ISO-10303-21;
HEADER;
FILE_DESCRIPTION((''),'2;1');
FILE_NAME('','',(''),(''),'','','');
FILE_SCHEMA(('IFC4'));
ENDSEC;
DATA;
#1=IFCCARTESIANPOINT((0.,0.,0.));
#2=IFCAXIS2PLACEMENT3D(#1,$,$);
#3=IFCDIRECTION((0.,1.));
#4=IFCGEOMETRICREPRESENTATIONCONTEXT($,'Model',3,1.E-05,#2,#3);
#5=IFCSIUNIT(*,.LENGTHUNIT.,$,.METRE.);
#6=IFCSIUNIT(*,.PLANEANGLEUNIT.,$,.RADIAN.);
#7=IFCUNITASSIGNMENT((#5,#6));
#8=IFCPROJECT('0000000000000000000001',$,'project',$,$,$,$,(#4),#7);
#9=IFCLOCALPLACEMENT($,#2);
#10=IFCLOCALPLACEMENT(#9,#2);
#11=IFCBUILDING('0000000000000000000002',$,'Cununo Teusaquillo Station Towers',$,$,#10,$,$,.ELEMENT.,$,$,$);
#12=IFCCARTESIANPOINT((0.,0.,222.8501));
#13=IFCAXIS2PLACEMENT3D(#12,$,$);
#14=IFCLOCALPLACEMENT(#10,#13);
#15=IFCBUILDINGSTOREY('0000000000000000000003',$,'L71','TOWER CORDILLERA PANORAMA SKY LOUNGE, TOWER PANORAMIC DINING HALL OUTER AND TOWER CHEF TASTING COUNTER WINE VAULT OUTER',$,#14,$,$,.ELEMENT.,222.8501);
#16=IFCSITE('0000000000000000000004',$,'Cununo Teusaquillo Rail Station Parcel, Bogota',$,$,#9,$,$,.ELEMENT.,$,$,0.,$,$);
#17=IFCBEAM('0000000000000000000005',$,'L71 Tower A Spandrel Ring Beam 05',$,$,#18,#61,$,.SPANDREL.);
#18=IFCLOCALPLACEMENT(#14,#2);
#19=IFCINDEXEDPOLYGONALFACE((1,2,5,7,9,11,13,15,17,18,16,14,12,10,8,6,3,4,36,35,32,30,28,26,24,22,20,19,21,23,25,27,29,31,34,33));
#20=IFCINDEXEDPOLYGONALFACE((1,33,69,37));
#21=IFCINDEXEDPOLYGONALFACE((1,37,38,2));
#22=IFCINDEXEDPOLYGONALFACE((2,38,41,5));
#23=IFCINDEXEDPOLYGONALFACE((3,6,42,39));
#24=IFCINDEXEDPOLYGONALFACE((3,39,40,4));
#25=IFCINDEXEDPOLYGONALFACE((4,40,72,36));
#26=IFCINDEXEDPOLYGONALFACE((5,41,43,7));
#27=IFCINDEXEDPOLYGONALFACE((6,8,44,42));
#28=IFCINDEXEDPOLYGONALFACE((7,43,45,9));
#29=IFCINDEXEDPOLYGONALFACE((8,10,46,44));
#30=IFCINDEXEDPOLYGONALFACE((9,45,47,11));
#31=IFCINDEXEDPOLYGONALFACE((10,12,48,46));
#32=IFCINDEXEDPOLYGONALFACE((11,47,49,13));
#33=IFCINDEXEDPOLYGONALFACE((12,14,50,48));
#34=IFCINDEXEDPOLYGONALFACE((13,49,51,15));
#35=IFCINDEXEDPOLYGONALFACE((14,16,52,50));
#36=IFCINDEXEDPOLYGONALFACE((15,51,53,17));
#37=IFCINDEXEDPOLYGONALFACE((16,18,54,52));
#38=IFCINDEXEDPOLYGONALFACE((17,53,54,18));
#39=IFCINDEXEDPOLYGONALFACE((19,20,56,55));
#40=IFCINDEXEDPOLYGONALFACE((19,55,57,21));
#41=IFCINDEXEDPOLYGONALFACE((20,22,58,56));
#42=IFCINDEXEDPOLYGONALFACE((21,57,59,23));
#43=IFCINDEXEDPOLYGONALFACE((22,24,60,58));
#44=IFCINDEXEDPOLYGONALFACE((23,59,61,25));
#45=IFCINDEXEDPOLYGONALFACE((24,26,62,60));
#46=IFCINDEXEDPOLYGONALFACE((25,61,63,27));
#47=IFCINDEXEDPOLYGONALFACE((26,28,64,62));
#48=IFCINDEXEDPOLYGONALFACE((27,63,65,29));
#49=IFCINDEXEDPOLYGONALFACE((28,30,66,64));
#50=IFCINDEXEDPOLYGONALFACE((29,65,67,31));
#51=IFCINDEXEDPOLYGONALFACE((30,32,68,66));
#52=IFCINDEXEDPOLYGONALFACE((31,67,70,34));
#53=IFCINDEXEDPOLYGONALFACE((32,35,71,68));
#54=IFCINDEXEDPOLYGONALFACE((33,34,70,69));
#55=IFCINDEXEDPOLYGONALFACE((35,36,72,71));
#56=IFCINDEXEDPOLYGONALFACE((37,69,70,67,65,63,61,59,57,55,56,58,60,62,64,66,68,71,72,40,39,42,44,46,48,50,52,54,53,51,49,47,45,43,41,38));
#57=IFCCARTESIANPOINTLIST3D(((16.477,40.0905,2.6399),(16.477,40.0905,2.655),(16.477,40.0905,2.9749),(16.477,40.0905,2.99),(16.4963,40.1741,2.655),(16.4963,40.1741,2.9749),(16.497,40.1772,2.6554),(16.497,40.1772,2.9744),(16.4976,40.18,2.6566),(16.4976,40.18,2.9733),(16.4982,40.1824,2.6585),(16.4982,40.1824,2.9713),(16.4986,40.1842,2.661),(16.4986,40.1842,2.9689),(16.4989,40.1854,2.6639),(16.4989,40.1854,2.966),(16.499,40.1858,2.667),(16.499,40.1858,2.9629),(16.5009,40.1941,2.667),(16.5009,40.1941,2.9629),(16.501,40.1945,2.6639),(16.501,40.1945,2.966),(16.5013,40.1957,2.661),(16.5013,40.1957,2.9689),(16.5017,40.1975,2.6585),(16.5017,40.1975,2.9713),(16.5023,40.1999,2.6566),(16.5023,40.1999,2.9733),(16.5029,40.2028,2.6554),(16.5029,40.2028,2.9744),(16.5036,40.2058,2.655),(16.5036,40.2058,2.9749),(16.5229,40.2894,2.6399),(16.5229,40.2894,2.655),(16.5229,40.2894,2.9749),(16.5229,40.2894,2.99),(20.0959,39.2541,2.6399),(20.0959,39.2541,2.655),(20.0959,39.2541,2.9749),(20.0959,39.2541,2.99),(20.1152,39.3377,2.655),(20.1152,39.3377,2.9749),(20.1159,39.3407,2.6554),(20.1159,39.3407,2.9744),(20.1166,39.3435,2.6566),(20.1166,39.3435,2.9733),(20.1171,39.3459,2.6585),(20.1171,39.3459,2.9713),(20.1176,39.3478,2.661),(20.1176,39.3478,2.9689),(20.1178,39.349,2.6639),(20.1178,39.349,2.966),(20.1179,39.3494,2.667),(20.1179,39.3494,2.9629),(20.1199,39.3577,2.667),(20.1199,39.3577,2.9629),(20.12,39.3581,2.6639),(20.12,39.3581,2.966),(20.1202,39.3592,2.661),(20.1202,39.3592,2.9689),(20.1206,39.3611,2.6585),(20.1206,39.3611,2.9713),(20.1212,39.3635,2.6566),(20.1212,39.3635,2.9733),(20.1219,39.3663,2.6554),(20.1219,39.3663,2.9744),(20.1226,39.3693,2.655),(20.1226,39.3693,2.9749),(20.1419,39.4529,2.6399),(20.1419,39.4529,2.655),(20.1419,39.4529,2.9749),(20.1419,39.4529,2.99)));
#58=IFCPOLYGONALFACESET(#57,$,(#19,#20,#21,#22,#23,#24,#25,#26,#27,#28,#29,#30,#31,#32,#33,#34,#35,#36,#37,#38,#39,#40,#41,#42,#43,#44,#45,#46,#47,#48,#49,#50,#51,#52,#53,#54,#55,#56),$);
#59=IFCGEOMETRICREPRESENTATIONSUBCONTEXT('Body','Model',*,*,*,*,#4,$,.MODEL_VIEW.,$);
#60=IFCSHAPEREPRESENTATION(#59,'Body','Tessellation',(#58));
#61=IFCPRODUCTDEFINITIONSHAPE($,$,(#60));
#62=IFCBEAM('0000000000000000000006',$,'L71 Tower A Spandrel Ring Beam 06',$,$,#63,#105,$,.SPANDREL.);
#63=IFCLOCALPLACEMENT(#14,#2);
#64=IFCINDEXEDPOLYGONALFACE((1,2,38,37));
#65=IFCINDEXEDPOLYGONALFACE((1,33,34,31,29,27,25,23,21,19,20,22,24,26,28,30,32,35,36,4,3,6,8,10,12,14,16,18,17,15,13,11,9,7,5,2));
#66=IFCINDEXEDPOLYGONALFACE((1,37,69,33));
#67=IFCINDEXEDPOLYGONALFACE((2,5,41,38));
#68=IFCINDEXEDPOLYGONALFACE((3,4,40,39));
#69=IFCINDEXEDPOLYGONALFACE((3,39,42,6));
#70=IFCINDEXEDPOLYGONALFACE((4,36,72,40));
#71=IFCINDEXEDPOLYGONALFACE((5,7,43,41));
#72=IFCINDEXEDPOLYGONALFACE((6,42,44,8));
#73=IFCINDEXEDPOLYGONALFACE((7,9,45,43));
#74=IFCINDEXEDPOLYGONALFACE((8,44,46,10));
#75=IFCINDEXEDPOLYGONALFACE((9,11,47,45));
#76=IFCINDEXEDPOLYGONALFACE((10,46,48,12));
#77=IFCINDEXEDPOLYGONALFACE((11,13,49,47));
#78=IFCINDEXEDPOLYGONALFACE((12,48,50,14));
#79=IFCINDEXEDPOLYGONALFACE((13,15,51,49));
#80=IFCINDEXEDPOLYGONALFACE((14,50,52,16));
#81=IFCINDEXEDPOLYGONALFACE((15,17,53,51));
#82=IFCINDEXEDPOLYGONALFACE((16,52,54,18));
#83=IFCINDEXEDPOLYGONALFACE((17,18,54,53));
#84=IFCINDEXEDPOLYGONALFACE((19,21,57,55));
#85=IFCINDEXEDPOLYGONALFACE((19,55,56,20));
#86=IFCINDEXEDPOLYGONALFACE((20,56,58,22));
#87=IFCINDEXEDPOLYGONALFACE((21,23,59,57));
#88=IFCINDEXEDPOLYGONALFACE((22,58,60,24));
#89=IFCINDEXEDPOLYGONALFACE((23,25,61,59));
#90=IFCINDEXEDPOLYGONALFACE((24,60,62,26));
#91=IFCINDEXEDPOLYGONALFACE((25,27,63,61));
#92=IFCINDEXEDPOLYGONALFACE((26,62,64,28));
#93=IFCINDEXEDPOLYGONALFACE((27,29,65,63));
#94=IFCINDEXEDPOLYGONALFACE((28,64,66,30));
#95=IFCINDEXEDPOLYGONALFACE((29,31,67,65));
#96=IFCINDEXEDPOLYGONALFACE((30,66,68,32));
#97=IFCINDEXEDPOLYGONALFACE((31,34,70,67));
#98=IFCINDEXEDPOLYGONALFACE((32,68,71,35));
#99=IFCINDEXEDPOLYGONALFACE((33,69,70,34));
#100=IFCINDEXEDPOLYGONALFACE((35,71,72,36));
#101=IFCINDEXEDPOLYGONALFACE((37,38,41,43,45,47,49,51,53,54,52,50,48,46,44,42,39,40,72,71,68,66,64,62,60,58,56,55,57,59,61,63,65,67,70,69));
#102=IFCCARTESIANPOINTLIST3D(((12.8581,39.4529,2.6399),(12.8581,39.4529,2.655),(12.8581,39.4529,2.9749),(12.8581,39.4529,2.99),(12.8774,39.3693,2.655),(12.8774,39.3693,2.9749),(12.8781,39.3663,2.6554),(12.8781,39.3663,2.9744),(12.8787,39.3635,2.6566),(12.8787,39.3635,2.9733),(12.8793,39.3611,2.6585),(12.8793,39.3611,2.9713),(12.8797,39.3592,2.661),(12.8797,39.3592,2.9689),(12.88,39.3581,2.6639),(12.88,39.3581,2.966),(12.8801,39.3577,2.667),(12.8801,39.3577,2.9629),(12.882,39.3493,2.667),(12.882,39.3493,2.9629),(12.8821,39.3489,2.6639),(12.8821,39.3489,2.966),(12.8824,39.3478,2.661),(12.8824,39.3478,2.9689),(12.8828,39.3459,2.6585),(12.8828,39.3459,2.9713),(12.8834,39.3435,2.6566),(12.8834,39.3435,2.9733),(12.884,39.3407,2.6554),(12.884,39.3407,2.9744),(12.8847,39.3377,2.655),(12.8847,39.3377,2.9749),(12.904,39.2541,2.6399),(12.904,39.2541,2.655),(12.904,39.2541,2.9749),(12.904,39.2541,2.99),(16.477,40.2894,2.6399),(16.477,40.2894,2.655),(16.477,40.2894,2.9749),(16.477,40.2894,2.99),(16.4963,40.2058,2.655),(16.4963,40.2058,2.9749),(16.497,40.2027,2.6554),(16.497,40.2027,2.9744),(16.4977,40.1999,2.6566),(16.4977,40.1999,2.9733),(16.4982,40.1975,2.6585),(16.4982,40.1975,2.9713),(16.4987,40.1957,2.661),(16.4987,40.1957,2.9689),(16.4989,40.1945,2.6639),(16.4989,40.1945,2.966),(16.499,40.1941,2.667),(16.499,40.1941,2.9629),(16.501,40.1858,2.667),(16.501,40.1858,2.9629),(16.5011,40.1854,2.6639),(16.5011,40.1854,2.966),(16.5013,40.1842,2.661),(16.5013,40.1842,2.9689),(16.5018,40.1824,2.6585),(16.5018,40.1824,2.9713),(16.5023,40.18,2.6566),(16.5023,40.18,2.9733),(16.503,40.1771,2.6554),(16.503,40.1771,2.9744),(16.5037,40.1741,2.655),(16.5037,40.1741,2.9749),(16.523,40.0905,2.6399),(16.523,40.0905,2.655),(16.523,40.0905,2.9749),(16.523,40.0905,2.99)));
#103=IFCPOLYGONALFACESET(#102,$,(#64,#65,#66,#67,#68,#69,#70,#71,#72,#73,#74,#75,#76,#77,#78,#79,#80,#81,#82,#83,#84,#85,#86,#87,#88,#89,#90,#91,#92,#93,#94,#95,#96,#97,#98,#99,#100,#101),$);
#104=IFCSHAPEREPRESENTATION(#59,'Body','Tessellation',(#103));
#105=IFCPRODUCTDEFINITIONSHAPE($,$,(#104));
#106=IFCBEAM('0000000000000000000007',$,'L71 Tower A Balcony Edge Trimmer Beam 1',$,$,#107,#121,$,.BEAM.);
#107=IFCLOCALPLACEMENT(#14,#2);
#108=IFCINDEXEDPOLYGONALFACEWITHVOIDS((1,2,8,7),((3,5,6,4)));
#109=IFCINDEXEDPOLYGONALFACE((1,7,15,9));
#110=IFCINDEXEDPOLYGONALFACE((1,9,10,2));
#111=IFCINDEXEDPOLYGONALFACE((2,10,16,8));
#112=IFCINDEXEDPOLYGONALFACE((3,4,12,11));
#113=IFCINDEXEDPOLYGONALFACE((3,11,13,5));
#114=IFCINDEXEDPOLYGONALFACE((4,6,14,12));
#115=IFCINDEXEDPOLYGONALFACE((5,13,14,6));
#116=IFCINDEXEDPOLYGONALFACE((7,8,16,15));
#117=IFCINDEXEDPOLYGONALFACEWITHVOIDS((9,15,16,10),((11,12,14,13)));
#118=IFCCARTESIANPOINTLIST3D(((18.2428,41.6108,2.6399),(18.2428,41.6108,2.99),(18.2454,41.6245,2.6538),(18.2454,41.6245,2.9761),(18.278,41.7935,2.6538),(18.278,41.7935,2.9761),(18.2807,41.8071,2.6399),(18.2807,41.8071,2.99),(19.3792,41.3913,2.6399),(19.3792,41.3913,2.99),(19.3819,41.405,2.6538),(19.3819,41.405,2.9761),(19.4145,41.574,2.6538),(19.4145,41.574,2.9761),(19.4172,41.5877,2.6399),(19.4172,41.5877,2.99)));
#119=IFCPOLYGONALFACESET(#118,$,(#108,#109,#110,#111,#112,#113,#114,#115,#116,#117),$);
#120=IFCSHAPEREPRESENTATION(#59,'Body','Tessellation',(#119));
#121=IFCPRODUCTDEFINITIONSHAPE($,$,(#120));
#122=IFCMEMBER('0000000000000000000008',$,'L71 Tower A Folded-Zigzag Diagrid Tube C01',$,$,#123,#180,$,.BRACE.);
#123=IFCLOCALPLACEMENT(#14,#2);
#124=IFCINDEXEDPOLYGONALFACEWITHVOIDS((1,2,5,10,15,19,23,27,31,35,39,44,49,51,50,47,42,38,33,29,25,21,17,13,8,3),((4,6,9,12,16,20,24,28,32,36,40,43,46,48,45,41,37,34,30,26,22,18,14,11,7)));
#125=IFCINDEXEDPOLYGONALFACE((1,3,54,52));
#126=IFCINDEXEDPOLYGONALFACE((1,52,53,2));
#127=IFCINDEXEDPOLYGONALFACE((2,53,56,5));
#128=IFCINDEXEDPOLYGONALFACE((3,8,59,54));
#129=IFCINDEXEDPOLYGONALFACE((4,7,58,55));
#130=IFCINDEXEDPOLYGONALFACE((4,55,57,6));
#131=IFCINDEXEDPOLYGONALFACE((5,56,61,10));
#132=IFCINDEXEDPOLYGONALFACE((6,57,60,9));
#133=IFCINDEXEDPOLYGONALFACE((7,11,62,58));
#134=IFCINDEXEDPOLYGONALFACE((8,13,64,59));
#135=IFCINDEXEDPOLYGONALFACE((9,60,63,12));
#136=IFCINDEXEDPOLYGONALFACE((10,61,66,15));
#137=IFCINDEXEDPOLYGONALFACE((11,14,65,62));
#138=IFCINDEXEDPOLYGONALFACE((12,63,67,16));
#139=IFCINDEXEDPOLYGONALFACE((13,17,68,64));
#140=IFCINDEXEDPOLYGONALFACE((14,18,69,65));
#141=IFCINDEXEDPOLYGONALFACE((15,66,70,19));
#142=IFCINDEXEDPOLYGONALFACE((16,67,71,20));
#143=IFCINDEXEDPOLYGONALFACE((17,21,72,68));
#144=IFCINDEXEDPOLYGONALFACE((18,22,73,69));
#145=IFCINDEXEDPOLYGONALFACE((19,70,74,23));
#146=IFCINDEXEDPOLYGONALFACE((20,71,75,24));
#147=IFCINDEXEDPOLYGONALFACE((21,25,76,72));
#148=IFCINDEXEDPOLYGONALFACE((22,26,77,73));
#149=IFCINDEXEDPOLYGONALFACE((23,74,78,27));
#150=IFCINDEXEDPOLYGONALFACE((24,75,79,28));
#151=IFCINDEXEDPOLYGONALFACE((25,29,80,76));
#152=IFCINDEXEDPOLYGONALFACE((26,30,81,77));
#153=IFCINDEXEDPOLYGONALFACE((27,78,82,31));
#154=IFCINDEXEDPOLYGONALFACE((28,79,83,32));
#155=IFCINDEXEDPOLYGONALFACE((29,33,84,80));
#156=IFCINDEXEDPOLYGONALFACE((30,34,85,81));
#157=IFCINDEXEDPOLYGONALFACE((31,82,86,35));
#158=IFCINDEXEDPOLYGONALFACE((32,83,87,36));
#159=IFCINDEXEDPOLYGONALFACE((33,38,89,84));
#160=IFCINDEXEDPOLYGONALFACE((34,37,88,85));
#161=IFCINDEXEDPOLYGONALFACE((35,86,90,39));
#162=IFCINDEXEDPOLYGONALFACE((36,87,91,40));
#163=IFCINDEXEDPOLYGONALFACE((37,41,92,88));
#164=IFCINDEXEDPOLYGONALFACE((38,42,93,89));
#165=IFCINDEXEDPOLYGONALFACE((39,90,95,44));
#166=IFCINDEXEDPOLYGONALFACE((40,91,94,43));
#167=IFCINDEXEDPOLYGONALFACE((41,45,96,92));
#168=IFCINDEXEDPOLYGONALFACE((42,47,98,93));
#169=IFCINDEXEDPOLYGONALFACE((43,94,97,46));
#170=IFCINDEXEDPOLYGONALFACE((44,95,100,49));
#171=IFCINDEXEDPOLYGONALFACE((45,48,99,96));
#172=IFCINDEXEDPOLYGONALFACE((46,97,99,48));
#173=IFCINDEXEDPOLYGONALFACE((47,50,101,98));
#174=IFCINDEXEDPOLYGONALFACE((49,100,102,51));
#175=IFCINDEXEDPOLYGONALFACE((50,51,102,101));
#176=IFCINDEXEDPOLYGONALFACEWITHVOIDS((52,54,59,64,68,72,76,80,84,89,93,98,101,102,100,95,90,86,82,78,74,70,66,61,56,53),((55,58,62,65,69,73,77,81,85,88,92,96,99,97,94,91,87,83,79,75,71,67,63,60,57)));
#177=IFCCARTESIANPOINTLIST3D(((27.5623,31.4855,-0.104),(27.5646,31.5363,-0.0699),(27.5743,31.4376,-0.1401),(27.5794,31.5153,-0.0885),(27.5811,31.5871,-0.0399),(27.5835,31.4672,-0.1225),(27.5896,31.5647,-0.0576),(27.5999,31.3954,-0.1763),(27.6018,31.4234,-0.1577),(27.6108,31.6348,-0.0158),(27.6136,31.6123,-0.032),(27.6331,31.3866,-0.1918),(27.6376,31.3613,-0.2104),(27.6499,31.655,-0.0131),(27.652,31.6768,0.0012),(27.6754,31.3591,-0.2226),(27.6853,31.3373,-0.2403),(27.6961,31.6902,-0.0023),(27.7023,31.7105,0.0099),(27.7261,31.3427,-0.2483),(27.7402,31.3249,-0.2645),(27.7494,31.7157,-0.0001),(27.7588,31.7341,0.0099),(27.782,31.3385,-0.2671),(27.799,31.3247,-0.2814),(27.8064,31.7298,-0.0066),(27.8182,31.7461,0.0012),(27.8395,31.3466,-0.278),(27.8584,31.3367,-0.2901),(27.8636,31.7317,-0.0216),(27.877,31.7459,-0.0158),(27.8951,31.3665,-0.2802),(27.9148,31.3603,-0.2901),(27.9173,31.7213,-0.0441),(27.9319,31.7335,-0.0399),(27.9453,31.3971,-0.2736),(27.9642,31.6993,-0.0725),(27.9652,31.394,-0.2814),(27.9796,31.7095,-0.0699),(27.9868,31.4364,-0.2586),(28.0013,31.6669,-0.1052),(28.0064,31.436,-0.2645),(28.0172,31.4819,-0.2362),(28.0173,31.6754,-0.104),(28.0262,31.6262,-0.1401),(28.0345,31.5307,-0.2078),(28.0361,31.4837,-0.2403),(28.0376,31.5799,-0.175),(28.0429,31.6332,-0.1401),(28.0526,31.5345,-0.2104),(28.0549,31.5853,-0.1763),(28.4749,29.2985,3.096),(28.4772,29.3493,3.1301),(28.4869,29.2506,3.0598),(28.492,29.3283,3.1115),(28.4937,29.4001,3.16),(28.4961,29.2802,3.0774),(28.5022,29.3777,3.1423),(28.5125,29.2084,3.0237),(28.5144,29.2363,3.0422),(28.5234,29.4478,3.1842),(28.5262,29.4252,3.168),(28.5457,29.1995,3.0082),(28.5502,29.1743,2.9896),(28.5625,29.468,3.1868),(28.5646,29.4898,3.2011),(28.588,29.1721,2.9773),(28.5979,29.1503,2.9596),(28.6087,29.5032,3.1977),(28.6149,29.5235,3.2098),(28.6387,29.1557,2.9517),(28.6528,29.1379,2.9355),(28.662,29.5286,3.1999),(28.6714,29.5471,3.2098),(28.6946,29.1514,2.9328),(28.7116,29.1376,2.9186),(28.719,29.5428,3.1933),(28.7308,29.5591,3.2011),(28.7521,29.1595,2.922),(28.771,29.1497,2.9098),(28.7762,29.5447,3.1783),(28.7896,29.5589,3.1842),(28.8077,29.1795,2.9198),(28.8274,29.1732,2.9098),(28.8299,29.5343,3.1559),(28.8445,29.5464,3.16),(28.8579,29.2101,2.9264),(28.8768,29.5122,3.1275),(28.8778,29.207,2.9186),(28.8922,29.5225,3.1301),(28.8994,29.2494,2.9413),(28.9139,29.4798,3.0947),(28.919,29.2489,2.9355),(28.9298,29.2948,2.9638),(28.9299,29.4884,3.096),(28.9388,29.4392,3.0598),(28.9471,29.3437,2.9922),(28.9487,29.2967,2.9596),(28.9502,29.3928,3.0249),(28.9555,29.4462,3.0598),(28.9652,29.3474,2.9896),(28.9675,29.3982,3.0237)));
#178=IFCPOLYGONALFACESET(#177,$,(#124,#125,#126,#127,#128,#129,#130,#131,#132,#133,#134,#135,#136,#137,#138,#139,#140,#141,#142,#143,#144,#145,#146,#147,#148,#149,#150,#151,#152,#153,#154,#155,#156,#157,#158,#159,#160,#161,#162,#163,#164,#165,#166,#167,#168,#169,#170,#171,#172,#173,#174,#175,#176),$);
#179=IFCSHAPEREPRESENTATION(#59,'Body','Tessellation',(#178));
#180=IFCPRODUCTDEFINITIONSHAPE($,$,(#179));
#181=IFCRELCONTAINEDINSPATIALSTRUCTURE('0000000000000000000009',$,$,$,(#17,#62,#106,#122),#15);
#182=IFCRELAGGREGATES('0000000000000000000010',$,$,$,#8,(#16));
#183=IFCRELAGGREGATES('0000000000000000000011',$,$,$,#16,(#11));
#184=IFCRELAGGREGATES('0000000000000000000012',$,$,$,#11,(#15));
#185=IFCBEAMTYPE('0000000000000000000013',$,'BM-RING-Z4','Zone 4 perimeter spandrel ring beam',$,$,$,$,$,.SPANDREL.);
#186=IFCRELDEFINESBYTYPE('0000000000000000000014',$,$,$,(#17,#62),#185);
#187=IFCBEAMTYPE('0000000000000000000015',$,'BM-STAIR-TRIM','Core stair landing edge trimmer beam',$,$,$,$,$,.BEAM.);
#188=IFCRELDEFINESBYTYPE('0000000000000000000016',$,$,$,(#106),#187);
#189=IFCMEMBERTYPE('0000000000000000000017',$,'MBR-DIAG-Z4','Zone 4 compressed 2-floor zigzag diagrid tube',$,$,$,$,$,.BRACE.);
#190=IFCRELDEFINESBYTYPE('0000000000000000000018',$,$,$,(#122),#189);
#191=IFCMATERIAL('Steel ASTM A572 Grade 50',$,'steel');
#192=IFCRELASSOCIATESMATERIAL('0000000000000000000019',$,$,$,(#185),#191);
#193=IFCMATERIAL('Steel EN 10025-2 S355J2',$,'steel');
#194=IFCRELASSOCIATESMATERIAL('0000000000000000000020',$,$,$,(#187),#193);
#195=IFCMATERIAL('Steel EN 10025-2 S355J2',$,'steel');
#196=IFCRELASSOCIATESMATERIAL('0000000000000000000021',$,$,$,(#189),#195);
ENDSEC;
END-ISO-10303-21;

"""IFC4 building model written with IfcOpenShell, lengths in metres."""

from ifc_helpers import new_model, si_unit, direction, frame, origin, origin_2d, place, context, subcontext, project, spatial, hollow_rectangle, hollow_circle, i_section, extrude, material, material_profile, profile_set, type_object, element, save


model = new_model("IFC4")

# Units and contexts
model_context = context("Model", 3, precision=1e-05, world=origin(), true_north=direction((0.0, 1.0)))
body_context = subcontext(model_context, "Body", "Model", "MODEL_VIEW")
ifc_project = project(units=[si_unit("LENGTHUNIT", "METRE"), si_unit("PLANEANGLEUNIT", "RADIAN")], contexts=[model_context])

# Site, building, storey
site_placement = place(None, origin())
site = spatial("IfcSite", under=ifc_project, at=site_placement, Name="Cununo Teusaquillo Rail Station Parcel, Bogota", CompositionType="ELEMENT", RefElevation=0.0)
building_placement = place(site_placement, origin())
building = spatial("IfcBuilding", under=site, at=building_placement, Name="Cununo Teusaquillo Station Towers", CompositionType="ELEMENT")
storey_placement = place(building_placement, frame((0.0, 0.0, 222.8501)))
storey = spatial("IfcBuildingStorey", under=building, at=storey_placement, Name="L71", Description="TOWER CORDILLERA PANORAMA SKY LOUNGE, TOWER PANORAMIC DINING HALL OUTER AND TOWER CHEF TASTING COUNTER WINE VAULT OUTER", CompositionType="ELEMENT", Elevation=222.8501)

# Beams
ifc_material_1 = material(Name="Steel ASTM A572 Grade 50", Category="steel")
ifc_material_profile_1 = material_profile(ifc_material_1, i_section(OverallWidth=0.2041, OverallDepth=0.3501, WebThickness=0.0085, FlangeThickness=0.0151, FilletRadius=0.012, at=origin_2d()), Name="W14X48")
ifc_profile_set_1 = profile_set([ifc_material_profile_1], Name="Steel ASTM A572 Grade 50")
beam_type_1 = type_object("IfcBeamType", Name="BM-RING-Z4", Description="Zone 4 perimeter spandrel ring beam", PredefinedType="SPANDREL", material=ifc_profile_set_1)
for number, where, z_axis, x_axis, name in (
    (1, (20.1189, 39.3535, 2.8149), (-0.974315, 0.225191, 0.0), (-0.225191, -0.974315, 0.0), "L71 Tower A Spandrel Ring Beam 05"),
    (2, (16.5, 40.1899, 2.8149), (-0.974315, -0.225191, 0.0), (0.225191, -0.974315, 0.0), "L71 Tower A Spandrel Ring Beam 06"),
):
    element("IfcBeam", number, at=place(storey_placement, frame(where, z_axis=z_axis, x_axis=x_axis)), inside=storey, type_object=beam_type_1, Name=name, PredefinedType="SPANDREL", context=body_context, shape_type="SweptSolid", body=[
        extrude(i_section(OverallWidth=0.2041, OverallDepth=0.3501, WebThickness=0.0085, FlangeThickness=0.0151, FilletRadius=0.012, at=origin_2d()), origin(), (0.0, 0.0, 1.0), 3.7144),
    ])
ifc_material_2 = material(Name="Steel EN 10025-2 S355J2", Category="steel")
ifc_material_profile_2 = material_profile(ifc_material_2, hollow_rectangle(XDim=0.2, YDim=0.3501, WallThickness=0.0139, at=origin_2d()), Name="RHS 350x200x14")
ifc_profile_set_2 = profile_set([ifc_material_profile_2], Name="Steel EN 10025-2 S355J2")
beam_type_2 = type_object("IfcBeamType", Name="BM-STAIR-TRIM", Description="Core stair landing edge trimmer beam", PredefinedType="BEAM", material=ifc_profile_set_2)
beam_1_placement = place(storey_placement, frame((19.3982, 41.4895, 2.8149), z_axis=(-0.981857, 0.189622, 0.0), x_axis=(-0.189622, -0.981857, 0.0)))
element("IfcBeam", 3, at=beam_1_placement, inside=storey, type_object=beam_type_2, Name="L71 Tower A Balcony Edge Trimmer Beam 1", PredefinedType="BEAM", context=body_context, shape_type="SweptSolid", body=[
    extrude(hollow_rectangle(XDim=0.2, YDim=0.3501, WallThickness=0.0139, at=origin_2d()), origin(), (0.0, 0.0, 1.0), 1.1575),
])

# Member
ifc_material_3 = material(Name="Steel EN 10025-2 S355J2", Category="steel")
ifc_material_profile_3 = material_profile(ifc_material_3, hollow_circle(Radius=0.2539, WallThickness=0.0181, at=origin_2d()), Name="CHS 508x18")
ifc_profile_set_3 = profile_set([ifc_material_profile_3], Name="Steel EN 10025-2 S355J2")
member_type = type_object("IfcMemberType", Name="MBR-DIAG-Z4", Description="Zone 4 compressed 2-floor zigzag diagrid tube", PredefinedType="BRACE", material=ifc_profile_set_3)
member_1_placement = place(storey_placement, frame((27.8086, 31.5354, -0.1401), z_axis=(0.229186, -0.549238, 0.803624), x_axis=(0.922876, 0.385098, 0.0)))
element("IfcMember", 4, at=member_1_placement, inside=storey, type_object=member_type, Name="L71 Tower A Folded-Zigzag Diagrid Tube C01", PredefinedType="BRACE", context=body_context, shape_type="SweptSolid", body=[
    extrude(hollow_circle(Radius=0.2539, WallThickness=0.0181, at=origin_2d()), origin(), (0.0, 0.0, 1.0), 3.9819),
])

save(model, "model.ifc")
